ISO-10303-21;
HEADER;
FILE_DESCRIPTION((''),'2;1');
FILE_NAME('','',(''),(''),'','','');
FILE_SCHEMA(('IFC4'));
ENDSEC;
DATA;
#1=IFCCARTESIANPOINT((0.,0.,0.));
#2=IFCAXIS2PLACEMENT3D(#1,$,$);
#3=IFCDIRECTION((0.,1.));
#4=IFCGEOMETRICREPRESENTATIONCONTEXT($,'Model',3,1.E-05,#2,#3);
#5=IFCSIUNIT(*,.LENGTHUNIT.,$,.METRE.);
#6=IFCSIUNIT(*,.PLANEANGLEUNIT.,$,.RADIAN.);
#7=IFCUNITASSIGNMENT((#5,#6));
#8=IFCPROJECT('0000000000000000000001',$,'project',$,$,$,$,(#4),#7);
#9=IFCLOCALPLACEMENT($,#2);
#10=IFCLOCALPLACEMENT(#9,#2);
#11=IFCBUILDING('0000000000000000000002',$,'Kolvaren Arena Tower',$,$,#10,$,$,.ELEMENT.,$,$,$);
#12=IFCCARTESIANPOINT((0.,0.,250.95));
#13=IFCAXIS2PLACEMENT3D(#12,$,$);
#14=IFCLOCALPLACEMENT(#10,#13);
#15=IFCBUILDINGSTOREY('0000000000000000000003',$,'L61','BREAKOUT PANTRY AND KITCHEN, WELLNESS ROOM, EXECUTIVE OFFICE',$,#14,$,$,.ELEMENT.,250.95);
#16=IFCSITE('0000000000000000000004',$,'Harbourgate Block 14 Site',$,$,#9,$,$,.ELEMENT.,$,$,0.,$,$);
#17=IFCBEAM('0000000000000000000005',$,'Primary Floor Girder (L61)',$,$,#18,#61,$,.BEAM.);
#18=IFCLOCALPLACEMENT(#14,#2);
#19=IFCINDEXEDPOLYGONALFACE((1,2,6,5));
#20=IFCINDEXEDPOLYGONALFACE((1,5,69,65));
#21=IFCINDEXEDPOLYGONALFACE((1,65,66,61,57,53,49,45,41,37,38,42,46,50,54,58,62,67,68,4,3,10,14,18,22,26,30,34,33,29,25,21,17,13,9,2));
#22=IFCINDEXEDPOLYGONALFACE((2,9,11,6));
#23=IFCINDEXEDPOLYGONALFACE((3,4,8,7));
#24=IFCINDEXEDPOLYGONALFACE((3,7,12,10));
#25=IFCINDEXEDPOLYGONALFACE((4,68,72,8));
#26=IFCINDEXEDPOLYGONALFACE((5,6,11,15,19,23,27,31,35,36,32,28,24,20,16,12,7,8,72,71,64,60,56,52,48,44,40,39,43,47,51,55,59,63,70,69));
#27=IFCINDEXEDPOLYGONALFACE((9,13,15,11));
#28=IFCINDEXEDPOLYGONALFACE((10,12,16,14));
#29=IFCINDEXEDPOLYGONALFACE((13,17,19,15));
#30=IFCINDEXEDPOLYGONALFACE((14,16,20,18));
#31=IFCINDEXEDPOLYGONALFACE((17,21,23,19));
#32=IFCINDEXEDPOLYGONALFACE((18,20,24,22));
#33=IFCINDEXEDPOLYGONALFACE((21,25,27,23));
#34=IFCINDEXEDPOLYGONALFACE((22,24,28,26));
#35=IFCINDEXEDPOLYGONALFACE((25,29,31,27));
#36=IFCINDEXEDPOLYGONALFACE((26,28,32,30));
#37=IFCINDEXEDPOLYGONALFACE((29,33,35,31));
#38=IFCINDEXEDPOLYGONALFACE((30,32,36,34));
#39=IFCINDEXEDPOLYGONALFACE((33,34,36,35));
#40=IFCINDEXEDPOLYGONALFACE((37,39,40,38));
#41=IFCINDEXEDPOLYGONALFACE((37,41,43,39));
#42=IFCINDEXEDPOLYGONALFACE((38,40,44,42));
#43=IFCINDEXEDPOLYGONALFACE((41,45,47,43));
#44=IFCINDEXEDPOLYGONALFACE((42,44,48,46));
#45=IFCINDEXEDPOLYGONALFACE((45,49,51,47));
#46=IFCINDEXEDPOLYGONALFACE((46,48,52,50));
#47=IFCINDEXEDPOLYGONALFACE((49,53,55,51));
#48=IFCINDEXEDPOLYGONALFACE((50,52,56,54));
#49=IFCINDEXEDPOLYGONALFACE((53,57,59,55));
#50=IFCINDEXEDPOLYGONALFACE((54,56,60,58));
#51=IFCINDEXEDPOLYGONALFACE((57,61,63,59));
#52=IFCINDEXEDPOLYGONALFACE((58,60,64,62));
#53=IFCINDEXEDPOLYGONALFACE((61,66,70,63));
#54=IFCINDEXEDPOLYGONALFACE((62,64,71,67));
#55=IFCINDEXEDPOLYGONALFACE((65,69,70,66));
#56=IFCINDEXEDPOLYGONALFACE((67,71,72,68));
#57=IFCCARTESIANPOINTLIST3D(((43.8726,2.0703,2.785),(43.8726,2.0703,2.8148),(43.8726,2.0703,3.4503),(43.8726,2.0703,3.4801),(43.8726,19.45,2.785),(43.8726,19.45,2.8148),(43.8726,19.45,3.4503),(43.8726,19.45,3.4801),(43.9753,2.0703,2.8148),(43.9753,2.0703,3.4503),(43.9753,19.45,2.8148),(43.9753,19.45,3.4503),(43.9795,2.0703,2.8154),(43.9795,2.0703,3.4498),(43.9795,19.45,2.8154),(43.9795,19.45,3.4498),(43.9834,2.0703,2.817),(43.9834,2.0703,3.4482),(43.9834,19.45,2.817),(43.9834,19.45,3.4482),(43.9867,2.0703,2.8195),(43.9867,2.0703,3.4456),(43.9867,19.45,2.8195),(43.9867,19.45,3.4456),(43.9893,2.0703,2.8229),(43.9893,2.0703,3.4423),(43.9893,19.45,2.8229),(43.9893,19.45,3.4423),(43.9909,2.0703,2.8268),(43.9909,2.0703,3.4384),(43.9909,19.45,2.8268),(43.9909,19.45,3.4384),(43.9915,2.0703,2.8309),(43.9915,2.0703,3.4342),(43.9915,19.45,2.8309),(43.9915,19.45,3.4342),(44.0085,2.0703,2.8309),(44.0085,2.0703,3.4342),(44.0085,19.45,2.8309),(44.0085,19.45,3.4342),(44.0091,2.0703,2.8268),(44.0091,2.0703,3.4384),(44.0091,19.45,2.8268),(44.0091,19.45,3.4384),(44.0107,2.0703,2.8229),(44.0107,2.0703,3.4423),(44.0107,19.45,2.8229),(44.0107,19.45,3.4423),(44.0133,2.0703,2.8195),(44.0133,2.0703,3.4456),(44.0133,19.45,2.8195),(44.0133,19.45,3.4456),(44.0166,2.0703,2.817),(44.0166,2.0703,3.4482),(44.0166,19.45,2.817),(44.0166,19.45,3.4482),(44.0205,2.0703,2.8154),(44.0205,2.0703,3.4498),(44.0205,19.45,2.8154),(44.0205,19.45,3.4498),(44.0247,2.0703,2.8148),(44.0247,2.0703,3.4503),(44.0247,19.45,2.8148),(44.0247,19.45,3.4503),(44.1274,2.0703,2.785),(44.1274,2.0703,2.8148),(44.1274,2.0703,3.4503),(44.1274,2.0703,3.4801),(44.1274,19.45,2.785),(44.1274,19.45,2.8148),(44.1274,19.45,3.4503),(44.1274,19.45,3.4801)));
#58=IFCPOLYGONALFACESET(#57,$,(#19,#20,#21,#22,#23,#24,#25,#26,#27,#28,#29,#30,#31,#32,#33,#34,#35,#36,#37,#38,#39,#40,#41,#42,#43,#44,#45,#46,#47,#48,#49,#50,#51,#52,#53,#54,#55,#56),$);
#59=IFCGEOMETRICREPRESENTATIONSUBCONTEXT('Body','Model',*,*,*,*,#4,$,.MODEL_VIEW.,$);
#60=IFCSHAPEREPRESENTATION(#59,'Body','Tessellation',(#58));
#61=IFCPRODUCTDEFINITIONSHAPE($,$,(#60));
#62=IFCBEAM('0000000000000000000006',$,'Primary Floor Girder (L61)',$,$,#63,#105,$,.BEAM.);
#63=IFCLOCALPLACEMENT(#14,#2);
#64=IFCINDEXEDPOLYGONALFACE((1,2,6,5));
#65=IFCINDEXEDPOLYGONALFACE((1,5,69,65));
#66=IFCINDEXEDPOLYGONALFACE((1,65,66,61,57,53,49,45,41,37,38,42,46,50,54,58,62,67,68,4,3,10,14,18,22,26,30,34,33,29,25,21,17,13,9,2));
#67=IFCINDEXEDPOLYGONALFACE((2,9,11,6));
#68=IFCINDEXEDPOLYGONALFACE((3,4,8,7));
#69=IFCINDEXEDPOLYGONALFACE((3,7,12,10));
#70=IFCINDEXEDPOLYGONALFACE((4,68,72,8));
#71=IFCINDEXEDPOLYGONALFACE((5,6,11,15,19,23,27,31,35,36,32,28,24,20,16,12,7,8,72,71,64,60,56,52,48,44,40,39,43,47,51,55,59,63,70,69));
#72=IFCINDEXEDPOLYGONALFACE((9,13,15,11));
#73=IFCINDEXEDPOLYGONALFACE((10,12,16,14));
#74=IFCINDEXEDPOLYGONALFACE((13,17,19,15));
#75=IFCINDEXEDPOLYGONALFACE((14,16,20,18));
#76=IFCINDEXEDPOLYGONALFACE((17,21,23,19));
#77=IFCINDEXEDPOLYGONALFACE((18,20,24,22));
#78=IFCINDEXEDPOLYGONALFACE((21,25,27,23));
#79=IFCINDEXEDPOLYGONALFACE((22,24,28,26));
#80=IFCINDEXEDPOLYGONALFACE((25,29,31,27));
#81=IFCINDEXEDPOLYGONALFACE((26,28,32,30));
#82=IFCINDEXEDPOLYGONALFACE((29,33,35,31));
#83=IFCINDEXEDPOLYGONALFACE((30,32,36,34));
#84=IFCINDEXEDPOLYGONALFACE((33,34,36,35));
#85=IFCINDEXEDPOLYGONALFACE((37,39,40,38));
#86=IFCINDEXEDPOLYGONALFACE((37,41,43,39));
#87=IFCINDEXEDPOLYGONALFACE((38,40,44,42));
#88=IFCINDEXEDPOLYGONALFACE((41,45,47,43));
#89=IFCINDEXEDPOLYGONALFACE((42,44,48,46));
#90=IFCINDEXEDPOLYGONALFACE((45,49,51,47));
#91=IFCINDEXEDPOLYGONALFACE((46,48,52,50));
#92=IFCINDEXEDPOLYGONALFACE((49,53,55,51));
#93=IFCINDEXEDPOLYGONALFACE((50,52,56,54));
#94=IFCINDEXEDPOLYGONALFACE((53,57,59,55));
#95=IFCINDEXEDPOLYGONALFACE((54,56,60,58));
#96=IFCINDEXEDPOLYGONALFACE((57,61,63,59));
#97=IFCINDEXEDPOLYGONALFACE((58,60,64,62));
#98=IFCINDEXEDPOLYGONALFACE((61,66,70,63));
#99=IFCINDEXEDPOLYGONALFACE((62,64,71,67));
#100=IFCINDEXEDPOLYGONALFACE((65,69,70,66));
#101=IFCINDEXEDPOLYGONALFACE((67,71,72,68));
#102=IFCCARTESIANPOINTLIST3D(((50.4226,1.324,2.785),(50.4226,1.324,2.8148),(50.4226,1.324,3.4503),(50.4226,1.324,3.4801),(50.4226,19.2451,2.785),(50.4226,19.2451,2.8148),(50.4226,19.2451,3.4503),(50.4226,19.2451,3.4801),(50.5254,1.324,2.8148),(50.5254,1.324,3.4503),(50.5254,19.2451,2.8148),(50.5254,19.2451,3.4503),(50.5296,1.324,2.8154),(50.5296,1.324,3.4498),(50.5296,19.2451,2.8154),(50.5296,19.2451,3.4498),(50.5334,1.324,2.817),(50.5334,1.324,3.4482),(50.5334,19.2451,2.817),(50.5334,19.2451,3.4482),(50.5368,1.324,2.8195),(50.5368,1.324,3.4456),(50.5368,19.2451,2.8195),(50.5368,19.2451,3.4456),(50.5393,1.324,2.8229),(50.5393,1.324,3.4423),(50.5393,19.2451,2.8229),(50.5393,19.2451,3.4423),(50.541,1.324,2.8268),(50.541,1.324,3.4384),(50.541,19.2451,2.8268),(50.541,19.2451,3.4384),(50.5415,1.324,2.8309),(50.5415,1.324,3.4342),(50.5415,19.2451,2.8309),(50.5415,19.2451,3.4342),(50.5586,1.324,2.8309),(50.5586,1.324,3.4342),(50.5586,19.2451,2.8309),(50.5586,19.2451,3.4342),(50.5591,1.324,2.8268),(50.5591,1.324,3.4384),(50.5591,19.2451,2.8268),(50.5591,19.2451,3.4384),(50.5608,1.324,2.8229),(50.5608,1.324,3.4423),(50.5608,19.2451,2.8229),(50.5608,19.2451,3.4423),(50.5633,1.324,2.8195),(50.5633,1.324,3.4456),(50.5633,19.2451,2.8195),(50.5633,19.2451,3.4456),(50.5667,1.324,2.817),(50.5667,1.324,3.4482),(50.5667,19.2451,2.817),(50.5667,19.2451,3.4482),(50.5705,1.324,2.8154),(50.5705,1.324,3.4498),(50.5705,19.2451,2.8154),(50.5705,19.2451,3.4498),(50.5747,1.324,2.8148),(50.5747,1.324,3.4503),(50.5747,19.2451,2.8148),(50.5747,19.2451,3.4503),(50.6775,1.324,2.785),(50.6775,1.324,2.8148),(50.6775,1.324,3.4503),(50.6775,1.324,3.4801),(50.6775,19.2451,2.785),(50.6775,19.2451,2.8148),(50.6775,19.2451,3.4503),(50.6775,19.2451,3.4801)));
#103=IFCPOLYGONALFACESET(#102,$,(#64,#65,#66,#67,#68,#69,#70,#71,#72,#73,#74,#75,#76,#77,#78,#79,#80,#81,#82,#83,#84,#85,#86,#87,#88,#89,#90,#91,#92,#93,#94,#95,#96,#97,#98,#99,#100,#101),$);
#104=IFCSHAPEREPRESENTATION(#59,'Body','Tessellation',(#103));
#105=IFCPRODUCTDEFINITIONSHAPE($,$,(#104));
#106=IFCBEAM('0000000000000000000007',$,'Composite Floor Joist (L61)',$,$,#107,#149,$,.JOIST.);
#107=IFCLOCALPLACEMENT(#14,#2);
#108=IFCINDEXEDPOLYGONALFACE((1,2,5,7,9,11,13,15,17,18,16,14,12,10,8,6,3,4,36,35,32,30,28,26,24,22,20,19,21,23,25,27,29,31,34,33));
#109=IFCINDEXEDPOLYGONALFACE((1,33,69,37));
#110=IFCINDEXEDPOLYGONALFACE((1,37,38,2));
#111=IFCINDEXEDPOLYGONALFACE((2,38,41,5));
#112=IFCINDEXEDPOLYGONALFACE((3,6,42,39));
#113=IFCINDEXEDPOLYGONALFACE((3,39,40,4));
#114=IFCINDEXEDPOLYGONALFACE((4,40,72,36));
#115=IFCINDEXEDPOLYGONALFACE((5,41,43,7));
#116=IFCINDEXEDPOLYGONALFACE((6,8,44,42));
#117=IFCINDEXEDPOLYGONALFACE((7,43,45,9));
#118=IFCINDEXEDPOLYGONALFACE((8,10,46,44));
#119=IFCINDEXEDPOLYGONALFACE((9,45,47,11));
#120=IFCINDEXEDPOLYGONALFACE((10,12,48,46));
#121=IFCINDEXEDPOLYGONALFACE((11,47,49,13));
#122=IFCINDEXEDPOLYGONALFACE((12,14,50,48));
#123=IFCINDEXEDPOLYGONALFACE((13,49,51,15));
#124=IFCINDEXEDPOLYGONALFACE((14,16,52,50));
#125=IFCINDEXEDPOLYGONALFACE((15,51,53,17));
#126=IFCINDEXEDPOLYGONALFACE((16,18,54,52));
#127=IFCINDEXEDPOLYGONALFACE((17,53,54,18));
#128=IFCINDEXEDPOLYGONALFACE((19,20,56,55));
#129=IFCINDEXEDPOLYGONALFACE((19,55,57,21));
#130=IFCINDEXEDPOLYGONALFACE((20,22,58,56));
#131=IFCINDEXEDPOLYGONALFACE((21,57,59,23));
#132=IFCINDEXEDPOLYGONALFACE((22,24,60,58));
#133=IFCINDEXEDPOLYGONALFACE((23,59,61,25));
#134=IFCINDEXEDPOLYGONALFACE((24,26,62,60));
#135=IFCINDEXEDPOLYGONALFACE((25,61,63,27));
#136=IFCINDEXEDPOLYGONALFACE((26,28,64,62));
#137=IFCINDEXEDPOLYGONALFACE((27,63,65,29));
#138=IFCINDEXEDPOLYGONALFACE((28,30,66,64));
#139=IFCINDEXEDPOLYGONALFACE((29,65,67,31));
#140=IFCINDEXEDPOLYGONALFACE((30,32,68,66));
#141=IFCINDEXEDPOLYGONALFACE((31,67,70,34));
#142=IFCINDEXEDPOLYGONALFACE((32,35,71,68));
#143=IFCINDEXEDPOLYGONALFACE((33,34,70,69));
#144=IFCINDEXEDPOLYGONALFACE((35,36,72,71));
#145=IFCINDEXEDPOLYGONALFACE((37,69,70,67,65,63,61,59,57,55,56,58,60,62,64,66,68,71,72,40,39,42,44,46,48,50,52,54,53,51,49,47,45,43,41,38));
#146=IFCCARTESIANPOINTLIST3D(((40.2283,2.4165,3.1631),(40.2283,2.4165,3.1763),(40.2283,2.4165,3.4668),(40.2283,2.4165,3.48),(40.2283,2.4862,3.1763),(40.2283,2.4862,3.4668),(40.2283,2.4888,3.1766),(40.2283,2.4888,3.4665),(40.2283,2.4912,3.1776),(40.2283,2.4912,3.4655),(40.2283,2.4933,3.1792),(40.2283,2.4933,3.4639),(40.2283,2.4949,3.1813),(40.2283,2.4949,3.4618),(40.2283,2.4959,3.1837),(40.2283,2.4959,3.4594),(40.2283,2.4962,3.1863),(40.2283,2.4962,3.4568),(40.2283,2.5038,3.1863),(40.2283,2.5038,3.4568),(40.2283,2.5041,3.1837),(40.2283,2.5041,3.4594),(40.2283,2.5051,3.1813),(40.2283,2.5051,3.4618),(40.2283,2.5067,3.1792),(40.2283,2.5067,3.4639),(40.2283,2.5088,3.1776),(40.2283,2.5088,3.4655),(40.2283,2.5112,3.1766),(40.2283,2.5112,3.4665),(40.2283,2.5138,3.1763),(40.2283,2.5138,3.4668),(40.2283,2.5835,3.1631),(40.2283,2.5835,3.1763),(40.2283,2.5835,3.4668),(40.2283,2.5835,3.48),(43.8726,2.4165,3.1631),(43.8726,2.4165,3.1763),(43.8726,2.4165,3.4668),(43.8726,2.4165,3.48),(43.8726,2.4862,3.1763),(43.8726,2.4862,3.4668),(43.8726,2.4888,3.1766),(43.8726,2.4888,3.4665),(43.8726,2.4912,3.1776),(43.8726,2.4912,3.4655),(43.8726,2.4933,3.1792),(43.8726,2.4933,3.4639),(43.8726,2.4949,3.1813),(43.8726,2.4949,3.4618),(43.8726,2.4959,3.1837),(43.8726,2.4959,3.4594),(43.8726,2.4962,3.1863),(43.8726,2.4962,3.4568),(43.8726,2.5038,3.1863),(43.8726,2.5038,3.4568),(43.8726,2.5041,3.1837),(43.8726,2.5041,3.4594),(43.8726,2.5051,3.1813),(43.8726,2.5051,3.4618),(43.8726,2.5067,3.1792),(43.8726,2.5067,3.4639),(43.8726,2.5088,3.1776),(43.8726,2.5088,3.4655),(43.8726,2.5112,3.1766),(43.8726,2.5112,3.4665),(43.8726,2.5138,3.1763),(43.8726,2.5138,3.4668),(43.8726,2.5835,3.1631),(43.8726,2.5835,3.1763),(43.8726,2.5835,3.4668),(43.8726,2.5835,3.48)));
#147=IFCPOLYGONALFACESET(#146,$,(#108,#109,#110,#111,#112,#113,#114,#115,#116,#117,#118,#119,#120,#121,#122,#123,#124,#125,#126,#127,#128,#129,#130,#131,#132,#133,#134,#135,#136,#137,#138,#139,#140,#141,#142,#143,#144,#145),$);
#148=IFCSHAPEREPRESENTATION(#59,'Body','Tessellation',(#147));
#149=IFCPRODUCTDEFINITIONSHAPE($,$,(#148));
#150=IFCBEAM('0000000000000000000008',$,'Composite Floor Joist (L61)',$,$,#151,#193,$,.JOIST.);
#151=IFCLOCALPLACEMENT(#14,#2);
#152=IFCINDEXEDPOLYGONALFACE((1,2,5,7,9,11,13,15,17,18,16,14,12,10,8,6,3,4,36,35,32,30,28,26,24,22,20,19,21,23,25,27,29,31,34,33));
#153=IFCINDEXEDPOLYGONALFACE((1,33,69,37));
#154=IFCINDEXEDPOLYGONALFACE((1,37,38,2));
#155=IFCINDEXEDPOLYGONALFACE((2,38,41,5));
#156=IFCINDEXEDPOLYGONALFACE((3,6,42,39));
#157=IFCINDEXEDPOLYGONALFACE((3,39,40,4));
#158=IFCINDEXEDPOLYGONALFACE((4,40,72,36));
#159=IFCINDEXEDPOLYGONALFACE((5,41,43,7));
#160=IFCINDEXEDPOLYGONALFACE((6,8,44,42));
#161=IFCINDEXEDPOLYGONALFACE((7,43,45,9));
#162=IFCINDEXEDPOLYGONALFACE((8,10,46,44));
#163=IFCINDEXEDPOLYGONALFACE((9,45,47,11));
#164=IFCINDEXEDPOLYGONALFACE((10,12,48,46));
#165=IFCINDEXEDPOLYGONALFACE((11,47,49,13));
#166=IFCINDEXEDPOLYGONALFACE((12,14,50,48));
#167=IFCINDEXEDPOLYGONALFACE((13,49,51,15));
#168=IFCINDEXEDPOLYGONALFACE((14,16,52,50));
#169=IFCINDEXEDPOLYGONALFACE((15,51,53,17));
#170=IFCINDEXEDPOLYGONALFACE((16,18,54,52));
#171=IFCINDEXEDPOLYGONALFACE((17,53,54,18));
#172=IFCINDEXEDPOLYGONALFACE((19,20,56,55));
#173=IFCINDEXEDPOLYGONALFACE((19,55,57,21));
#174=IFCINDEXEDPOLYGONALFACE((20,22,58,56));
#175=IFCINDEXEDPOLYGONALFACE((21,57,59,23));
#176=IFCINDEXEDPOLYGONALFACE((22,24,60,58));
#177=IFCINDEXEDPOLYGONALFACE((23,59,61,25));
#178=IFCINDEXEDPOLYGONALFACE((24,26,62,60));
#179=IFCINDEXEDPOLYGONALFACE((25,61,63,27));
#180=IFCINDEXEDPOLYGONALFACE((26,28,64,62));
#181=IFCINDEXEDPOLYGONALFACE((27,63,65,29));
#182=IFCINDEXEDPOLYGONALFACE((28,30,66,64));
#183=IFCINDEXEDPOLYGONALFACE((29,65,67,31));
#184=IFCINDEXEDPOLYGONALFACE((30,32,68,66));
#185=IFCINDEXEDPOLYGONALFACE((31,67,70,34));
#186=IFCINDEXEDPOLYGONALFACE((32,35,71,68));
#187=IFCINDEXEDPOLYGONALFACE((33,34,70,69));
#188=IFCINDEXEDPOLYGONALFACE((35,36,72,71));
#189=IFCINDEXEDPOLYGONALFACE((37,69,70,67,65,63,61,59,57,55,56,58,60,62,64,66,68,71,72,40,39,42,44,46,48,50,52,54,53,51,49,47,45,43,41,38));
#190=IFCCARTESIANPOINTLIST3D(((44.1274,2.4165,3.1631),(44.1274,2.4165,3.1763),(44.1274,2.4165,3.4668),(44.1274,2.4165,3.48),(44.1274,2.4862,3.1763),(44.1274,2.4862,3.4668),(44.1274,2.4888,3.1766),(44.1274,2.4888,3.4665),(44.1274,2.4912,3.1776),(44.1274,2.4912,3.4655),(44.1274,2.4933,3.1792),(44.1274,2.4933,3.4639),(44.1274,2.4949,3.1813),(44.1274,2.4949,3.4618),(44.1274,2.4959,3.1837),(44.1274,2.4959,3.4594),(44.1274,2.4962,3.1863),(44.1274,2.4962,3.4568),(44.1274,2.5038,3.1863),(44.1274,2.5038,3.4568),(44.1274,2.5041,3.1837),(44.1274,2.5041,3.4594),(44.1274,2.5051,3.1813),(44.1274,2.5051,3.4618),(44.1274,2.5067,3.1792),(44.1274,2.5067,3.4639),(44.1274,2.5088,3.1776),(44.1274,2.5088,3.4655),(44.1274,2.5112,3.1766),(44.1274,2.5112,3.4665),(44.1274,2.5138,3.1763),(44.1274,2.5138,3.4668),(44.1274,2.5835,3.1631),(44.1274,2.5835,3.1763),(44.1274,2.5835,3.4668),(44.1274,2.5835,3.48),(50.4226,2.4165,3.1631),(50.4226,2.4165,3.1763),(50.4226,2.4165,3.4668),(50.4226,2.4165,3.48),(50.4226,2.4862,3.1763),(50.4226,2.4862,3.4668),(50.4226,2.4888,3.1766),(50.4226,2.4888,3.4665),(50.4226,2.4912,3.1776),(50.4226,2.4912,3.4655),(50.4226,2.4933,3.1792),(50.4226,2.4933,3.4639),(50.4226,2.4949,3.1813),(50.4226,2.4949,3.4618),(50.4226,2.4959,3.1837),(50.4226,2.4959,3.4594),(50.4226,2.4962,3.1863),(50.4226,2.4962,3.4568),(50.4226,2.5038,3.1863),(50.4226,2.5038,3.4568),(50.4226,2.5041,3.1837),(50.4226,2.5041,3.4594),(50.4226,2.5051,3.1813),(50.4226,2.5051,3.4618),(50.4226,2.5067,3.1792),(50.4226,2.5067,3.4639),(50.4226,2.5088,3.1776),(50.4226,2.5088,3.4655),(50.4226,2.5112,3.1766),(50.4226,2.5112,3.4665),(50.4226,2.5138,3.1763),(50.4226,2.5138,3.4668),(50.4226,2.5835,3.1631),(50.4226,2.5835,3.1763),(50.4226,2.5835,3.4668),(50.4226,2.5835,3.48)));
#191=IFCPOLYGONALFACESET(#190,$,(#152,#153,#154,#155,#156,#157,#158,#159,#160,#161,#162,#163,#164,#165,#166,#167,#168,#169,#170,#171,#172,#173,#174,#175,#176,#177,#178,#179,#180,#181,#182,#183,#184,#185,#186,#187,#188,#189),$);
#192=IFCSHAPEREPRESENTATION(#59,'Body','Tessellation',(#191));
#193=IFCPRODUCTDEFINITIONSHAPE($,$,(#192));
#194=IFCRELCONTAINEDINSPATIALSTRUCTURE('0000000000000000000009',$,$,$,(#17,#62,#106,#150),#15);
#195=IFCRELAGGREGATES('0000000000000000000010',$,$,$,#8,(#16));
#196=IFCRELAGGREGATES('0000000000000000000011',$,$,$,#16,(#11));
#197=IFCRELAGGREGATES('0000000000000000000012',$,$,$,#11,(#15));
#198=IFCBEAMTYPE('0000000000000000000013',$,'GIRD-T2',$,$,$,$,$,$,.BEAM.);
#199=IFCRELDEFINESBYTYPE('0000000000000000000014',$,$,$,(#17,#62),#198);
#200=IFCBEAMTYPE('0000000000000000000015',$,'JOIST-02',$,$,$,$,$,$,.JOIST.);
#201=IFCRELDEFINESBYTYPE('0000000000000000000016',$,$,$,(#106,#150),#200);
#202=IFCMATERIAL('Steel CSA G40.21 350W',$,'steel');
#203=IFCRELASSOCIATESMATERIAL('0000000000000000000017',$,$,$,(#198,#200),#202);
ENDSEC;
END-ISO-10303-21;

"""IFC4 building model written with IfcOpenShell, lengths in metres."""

from ifc_helpers import new_model, si_unit, direction, frame, origin, origin_2d, place, context, subcontext, project, spatial, i_section, extrude, material, material_profile, profile_set, type_object, element, save


model = new_model("IFC4")

# Units and contexts
model_context = context("Model", 3, precision=1e-05, world=origin(), true_north=direction((0.0, 1.0)))
body_context = subcontext(model_context, "Body", "Model", "MODEL_VIEW")
ifc_project = project(units=[si_unit("LENGTHUNIT", "METRE"), si_unit("PLANEANGLEUNIT", "RADIAN")], contexts=[model_context])

# Site, building, storey
site_placement = place(None, origin())
site = spatial("IfcSite", under=ifc_project, at=site_placement, Name="Harbourgate Block 14 Site", CompositionType="ELEMENT", RefElevation=0.0)
building_placement = place(site_placement, origin())
building = spatial("IfcBuilding", under=site, at=building_placement, Name="Kolvaren Arena Tower", CompositionType="ELEMENT")
storey_placement = place(building_placement, frame((0.0, 0.0, 250.95)))
storey = spatial("IfcBuildingStorey", under=building, at=storey_placement, Name="L61", Description="BREAKOUT PANTRY AND KITCHEN, WELLNESS ROOM, EXECUTIVE OFFICE", CompositionType="ELEMENT", Elevation=250.95)

# Beams
ifc_material_1 = material(Name="Steel CSA G40.21 350W", Category="steel")
ifc_material_profile_1 = material_profile(ifc_material_1, i_section(OverallWidth=0.2549, OverallDepth=0.6951, WebThickness=0.0171, FlangeThickness=0.0298, FilletRadius=0.0161, at=origin_2d()), Name="W690x217")
ifc_profile_set_1 = profile_set([ifc_material_profile_1], Name="Steel CSA G40.21 350W")
beam_type_1 = type_object("IfcBeamType", Name="GIRD-T2", PredefinedType="BEAM", material=ifc_profile_set_1)
beam_1_placement = place(storey_placement, frame((44.0, 2.0703, 3.1326), z_axis=(0.0, 1.0, 0.0), x_axis=(-1.0, 0.0, 0.0)))
element("IfcBeam", 1, at=beam_1_placement, inside=storey, type_object=beam_type_1, Name="Primary Floor Girder (L61)", PredefinedType="BEAM", context=body_context, shape_type="SweptSolid", body=[
    extrude(i_section(OverallWidth=0.2549, OverallDepth=0.6951, WebThickness=0.0171, FlangeThickness=0.0298, FilletRadius=0.0161, at=origin_2d()), origin(), (0.0, 0.0, 1.0), 17.3796),
])
beam_2_placement = place(storey_placement, frame((50.55, 1.324, 3.1326), z_axis=(0.0, 1.0, 0.0), x_axis=(-1.0, 0.0, 0.0)))
element("IfcBeam", 2, at=beam_2_placement, inside=storey, type_object=beam_type_1, Name="Primary Floor Girder (L61)", PredefinedType="BEAM", context=body_context, shape_type="SweptSolid", body=[
    extrude(i_section(OverallWidth=0.2549, OverallDepth=0.6951, WebThickness=0.0171, FlangeThickness=0.0298, FilletRadius=0.0161, at=origin_2d()), origin(), (0.0, 0.0, 1.0), 17.9211),
])
ifc_material_profile_2 = material_profile(ifc_material_1, i_section(OverallWidth=0.167, OverallDepth=0.3169, WebThickness=0.0076, FlangeThickness=0.0132, FilletRadius=0.01, at=origin_2d()), Name="W310x52")
ifc_profile_set_2 = profile_set([ifc_material_profile_2], Name="Steel CSA G40.21 350W")
beam_type_2 = type_object("IfcBeamType", Name="JOIST-02", PredefinedType="JOIST", material=ifc_profile_set_2)
beam_3_placement = place(storey_placement, frame((40.2283, 2.5, 3.3215), z_axis=(1.0, 0.0, 0.0), x_axis=(0.0, 1.0, 0.0)))
element("IfcBeam", 3, at=beam_3_placement, inside=storey, type_object=beam_type_2, Name="Composite Floor Joist (L61)", PredefinedType="JOIST", context=body_context, shape_type="SweptSolid", body=[
    extrude(i_section(OverallWidth=0.167, OverallDepth=0.3169, WebThickness=0.0076, FlangeThickness=0.0132, FilletRadius=0.01, at=origin_2d()), origin(), (0.0, 0.0, 1.0), 3.6443),
])
for number, where, z_axis, x_axis, name in (
    (4, (44.1274, 2.5, 3.3215), (1.0, 0.0, 0.0), (0.0, 1.0, 0.0), "Composite Floor Joist (L61)"),
):
    element("IfcBeam", number, at=place(storey_placement, frame(where, z_axis=z_axis, x_axis=x_axis)), inside=storey, type_object=beam_type_2, Name=name, PredefinedType="JOIST", context=body_context, shape_type="SweptSolid", body=[
        extrude(i_section(OverallWidth=0.167, OverallDepth=0.3169, WebThickness=0.0076, FlangeThickness=0.0132, FilletRadius=0.01, at=origin_2d()), origin(), (0.0, 0.0, 1.0), 6.2952),
    ])

save(model, "model.ifc")
